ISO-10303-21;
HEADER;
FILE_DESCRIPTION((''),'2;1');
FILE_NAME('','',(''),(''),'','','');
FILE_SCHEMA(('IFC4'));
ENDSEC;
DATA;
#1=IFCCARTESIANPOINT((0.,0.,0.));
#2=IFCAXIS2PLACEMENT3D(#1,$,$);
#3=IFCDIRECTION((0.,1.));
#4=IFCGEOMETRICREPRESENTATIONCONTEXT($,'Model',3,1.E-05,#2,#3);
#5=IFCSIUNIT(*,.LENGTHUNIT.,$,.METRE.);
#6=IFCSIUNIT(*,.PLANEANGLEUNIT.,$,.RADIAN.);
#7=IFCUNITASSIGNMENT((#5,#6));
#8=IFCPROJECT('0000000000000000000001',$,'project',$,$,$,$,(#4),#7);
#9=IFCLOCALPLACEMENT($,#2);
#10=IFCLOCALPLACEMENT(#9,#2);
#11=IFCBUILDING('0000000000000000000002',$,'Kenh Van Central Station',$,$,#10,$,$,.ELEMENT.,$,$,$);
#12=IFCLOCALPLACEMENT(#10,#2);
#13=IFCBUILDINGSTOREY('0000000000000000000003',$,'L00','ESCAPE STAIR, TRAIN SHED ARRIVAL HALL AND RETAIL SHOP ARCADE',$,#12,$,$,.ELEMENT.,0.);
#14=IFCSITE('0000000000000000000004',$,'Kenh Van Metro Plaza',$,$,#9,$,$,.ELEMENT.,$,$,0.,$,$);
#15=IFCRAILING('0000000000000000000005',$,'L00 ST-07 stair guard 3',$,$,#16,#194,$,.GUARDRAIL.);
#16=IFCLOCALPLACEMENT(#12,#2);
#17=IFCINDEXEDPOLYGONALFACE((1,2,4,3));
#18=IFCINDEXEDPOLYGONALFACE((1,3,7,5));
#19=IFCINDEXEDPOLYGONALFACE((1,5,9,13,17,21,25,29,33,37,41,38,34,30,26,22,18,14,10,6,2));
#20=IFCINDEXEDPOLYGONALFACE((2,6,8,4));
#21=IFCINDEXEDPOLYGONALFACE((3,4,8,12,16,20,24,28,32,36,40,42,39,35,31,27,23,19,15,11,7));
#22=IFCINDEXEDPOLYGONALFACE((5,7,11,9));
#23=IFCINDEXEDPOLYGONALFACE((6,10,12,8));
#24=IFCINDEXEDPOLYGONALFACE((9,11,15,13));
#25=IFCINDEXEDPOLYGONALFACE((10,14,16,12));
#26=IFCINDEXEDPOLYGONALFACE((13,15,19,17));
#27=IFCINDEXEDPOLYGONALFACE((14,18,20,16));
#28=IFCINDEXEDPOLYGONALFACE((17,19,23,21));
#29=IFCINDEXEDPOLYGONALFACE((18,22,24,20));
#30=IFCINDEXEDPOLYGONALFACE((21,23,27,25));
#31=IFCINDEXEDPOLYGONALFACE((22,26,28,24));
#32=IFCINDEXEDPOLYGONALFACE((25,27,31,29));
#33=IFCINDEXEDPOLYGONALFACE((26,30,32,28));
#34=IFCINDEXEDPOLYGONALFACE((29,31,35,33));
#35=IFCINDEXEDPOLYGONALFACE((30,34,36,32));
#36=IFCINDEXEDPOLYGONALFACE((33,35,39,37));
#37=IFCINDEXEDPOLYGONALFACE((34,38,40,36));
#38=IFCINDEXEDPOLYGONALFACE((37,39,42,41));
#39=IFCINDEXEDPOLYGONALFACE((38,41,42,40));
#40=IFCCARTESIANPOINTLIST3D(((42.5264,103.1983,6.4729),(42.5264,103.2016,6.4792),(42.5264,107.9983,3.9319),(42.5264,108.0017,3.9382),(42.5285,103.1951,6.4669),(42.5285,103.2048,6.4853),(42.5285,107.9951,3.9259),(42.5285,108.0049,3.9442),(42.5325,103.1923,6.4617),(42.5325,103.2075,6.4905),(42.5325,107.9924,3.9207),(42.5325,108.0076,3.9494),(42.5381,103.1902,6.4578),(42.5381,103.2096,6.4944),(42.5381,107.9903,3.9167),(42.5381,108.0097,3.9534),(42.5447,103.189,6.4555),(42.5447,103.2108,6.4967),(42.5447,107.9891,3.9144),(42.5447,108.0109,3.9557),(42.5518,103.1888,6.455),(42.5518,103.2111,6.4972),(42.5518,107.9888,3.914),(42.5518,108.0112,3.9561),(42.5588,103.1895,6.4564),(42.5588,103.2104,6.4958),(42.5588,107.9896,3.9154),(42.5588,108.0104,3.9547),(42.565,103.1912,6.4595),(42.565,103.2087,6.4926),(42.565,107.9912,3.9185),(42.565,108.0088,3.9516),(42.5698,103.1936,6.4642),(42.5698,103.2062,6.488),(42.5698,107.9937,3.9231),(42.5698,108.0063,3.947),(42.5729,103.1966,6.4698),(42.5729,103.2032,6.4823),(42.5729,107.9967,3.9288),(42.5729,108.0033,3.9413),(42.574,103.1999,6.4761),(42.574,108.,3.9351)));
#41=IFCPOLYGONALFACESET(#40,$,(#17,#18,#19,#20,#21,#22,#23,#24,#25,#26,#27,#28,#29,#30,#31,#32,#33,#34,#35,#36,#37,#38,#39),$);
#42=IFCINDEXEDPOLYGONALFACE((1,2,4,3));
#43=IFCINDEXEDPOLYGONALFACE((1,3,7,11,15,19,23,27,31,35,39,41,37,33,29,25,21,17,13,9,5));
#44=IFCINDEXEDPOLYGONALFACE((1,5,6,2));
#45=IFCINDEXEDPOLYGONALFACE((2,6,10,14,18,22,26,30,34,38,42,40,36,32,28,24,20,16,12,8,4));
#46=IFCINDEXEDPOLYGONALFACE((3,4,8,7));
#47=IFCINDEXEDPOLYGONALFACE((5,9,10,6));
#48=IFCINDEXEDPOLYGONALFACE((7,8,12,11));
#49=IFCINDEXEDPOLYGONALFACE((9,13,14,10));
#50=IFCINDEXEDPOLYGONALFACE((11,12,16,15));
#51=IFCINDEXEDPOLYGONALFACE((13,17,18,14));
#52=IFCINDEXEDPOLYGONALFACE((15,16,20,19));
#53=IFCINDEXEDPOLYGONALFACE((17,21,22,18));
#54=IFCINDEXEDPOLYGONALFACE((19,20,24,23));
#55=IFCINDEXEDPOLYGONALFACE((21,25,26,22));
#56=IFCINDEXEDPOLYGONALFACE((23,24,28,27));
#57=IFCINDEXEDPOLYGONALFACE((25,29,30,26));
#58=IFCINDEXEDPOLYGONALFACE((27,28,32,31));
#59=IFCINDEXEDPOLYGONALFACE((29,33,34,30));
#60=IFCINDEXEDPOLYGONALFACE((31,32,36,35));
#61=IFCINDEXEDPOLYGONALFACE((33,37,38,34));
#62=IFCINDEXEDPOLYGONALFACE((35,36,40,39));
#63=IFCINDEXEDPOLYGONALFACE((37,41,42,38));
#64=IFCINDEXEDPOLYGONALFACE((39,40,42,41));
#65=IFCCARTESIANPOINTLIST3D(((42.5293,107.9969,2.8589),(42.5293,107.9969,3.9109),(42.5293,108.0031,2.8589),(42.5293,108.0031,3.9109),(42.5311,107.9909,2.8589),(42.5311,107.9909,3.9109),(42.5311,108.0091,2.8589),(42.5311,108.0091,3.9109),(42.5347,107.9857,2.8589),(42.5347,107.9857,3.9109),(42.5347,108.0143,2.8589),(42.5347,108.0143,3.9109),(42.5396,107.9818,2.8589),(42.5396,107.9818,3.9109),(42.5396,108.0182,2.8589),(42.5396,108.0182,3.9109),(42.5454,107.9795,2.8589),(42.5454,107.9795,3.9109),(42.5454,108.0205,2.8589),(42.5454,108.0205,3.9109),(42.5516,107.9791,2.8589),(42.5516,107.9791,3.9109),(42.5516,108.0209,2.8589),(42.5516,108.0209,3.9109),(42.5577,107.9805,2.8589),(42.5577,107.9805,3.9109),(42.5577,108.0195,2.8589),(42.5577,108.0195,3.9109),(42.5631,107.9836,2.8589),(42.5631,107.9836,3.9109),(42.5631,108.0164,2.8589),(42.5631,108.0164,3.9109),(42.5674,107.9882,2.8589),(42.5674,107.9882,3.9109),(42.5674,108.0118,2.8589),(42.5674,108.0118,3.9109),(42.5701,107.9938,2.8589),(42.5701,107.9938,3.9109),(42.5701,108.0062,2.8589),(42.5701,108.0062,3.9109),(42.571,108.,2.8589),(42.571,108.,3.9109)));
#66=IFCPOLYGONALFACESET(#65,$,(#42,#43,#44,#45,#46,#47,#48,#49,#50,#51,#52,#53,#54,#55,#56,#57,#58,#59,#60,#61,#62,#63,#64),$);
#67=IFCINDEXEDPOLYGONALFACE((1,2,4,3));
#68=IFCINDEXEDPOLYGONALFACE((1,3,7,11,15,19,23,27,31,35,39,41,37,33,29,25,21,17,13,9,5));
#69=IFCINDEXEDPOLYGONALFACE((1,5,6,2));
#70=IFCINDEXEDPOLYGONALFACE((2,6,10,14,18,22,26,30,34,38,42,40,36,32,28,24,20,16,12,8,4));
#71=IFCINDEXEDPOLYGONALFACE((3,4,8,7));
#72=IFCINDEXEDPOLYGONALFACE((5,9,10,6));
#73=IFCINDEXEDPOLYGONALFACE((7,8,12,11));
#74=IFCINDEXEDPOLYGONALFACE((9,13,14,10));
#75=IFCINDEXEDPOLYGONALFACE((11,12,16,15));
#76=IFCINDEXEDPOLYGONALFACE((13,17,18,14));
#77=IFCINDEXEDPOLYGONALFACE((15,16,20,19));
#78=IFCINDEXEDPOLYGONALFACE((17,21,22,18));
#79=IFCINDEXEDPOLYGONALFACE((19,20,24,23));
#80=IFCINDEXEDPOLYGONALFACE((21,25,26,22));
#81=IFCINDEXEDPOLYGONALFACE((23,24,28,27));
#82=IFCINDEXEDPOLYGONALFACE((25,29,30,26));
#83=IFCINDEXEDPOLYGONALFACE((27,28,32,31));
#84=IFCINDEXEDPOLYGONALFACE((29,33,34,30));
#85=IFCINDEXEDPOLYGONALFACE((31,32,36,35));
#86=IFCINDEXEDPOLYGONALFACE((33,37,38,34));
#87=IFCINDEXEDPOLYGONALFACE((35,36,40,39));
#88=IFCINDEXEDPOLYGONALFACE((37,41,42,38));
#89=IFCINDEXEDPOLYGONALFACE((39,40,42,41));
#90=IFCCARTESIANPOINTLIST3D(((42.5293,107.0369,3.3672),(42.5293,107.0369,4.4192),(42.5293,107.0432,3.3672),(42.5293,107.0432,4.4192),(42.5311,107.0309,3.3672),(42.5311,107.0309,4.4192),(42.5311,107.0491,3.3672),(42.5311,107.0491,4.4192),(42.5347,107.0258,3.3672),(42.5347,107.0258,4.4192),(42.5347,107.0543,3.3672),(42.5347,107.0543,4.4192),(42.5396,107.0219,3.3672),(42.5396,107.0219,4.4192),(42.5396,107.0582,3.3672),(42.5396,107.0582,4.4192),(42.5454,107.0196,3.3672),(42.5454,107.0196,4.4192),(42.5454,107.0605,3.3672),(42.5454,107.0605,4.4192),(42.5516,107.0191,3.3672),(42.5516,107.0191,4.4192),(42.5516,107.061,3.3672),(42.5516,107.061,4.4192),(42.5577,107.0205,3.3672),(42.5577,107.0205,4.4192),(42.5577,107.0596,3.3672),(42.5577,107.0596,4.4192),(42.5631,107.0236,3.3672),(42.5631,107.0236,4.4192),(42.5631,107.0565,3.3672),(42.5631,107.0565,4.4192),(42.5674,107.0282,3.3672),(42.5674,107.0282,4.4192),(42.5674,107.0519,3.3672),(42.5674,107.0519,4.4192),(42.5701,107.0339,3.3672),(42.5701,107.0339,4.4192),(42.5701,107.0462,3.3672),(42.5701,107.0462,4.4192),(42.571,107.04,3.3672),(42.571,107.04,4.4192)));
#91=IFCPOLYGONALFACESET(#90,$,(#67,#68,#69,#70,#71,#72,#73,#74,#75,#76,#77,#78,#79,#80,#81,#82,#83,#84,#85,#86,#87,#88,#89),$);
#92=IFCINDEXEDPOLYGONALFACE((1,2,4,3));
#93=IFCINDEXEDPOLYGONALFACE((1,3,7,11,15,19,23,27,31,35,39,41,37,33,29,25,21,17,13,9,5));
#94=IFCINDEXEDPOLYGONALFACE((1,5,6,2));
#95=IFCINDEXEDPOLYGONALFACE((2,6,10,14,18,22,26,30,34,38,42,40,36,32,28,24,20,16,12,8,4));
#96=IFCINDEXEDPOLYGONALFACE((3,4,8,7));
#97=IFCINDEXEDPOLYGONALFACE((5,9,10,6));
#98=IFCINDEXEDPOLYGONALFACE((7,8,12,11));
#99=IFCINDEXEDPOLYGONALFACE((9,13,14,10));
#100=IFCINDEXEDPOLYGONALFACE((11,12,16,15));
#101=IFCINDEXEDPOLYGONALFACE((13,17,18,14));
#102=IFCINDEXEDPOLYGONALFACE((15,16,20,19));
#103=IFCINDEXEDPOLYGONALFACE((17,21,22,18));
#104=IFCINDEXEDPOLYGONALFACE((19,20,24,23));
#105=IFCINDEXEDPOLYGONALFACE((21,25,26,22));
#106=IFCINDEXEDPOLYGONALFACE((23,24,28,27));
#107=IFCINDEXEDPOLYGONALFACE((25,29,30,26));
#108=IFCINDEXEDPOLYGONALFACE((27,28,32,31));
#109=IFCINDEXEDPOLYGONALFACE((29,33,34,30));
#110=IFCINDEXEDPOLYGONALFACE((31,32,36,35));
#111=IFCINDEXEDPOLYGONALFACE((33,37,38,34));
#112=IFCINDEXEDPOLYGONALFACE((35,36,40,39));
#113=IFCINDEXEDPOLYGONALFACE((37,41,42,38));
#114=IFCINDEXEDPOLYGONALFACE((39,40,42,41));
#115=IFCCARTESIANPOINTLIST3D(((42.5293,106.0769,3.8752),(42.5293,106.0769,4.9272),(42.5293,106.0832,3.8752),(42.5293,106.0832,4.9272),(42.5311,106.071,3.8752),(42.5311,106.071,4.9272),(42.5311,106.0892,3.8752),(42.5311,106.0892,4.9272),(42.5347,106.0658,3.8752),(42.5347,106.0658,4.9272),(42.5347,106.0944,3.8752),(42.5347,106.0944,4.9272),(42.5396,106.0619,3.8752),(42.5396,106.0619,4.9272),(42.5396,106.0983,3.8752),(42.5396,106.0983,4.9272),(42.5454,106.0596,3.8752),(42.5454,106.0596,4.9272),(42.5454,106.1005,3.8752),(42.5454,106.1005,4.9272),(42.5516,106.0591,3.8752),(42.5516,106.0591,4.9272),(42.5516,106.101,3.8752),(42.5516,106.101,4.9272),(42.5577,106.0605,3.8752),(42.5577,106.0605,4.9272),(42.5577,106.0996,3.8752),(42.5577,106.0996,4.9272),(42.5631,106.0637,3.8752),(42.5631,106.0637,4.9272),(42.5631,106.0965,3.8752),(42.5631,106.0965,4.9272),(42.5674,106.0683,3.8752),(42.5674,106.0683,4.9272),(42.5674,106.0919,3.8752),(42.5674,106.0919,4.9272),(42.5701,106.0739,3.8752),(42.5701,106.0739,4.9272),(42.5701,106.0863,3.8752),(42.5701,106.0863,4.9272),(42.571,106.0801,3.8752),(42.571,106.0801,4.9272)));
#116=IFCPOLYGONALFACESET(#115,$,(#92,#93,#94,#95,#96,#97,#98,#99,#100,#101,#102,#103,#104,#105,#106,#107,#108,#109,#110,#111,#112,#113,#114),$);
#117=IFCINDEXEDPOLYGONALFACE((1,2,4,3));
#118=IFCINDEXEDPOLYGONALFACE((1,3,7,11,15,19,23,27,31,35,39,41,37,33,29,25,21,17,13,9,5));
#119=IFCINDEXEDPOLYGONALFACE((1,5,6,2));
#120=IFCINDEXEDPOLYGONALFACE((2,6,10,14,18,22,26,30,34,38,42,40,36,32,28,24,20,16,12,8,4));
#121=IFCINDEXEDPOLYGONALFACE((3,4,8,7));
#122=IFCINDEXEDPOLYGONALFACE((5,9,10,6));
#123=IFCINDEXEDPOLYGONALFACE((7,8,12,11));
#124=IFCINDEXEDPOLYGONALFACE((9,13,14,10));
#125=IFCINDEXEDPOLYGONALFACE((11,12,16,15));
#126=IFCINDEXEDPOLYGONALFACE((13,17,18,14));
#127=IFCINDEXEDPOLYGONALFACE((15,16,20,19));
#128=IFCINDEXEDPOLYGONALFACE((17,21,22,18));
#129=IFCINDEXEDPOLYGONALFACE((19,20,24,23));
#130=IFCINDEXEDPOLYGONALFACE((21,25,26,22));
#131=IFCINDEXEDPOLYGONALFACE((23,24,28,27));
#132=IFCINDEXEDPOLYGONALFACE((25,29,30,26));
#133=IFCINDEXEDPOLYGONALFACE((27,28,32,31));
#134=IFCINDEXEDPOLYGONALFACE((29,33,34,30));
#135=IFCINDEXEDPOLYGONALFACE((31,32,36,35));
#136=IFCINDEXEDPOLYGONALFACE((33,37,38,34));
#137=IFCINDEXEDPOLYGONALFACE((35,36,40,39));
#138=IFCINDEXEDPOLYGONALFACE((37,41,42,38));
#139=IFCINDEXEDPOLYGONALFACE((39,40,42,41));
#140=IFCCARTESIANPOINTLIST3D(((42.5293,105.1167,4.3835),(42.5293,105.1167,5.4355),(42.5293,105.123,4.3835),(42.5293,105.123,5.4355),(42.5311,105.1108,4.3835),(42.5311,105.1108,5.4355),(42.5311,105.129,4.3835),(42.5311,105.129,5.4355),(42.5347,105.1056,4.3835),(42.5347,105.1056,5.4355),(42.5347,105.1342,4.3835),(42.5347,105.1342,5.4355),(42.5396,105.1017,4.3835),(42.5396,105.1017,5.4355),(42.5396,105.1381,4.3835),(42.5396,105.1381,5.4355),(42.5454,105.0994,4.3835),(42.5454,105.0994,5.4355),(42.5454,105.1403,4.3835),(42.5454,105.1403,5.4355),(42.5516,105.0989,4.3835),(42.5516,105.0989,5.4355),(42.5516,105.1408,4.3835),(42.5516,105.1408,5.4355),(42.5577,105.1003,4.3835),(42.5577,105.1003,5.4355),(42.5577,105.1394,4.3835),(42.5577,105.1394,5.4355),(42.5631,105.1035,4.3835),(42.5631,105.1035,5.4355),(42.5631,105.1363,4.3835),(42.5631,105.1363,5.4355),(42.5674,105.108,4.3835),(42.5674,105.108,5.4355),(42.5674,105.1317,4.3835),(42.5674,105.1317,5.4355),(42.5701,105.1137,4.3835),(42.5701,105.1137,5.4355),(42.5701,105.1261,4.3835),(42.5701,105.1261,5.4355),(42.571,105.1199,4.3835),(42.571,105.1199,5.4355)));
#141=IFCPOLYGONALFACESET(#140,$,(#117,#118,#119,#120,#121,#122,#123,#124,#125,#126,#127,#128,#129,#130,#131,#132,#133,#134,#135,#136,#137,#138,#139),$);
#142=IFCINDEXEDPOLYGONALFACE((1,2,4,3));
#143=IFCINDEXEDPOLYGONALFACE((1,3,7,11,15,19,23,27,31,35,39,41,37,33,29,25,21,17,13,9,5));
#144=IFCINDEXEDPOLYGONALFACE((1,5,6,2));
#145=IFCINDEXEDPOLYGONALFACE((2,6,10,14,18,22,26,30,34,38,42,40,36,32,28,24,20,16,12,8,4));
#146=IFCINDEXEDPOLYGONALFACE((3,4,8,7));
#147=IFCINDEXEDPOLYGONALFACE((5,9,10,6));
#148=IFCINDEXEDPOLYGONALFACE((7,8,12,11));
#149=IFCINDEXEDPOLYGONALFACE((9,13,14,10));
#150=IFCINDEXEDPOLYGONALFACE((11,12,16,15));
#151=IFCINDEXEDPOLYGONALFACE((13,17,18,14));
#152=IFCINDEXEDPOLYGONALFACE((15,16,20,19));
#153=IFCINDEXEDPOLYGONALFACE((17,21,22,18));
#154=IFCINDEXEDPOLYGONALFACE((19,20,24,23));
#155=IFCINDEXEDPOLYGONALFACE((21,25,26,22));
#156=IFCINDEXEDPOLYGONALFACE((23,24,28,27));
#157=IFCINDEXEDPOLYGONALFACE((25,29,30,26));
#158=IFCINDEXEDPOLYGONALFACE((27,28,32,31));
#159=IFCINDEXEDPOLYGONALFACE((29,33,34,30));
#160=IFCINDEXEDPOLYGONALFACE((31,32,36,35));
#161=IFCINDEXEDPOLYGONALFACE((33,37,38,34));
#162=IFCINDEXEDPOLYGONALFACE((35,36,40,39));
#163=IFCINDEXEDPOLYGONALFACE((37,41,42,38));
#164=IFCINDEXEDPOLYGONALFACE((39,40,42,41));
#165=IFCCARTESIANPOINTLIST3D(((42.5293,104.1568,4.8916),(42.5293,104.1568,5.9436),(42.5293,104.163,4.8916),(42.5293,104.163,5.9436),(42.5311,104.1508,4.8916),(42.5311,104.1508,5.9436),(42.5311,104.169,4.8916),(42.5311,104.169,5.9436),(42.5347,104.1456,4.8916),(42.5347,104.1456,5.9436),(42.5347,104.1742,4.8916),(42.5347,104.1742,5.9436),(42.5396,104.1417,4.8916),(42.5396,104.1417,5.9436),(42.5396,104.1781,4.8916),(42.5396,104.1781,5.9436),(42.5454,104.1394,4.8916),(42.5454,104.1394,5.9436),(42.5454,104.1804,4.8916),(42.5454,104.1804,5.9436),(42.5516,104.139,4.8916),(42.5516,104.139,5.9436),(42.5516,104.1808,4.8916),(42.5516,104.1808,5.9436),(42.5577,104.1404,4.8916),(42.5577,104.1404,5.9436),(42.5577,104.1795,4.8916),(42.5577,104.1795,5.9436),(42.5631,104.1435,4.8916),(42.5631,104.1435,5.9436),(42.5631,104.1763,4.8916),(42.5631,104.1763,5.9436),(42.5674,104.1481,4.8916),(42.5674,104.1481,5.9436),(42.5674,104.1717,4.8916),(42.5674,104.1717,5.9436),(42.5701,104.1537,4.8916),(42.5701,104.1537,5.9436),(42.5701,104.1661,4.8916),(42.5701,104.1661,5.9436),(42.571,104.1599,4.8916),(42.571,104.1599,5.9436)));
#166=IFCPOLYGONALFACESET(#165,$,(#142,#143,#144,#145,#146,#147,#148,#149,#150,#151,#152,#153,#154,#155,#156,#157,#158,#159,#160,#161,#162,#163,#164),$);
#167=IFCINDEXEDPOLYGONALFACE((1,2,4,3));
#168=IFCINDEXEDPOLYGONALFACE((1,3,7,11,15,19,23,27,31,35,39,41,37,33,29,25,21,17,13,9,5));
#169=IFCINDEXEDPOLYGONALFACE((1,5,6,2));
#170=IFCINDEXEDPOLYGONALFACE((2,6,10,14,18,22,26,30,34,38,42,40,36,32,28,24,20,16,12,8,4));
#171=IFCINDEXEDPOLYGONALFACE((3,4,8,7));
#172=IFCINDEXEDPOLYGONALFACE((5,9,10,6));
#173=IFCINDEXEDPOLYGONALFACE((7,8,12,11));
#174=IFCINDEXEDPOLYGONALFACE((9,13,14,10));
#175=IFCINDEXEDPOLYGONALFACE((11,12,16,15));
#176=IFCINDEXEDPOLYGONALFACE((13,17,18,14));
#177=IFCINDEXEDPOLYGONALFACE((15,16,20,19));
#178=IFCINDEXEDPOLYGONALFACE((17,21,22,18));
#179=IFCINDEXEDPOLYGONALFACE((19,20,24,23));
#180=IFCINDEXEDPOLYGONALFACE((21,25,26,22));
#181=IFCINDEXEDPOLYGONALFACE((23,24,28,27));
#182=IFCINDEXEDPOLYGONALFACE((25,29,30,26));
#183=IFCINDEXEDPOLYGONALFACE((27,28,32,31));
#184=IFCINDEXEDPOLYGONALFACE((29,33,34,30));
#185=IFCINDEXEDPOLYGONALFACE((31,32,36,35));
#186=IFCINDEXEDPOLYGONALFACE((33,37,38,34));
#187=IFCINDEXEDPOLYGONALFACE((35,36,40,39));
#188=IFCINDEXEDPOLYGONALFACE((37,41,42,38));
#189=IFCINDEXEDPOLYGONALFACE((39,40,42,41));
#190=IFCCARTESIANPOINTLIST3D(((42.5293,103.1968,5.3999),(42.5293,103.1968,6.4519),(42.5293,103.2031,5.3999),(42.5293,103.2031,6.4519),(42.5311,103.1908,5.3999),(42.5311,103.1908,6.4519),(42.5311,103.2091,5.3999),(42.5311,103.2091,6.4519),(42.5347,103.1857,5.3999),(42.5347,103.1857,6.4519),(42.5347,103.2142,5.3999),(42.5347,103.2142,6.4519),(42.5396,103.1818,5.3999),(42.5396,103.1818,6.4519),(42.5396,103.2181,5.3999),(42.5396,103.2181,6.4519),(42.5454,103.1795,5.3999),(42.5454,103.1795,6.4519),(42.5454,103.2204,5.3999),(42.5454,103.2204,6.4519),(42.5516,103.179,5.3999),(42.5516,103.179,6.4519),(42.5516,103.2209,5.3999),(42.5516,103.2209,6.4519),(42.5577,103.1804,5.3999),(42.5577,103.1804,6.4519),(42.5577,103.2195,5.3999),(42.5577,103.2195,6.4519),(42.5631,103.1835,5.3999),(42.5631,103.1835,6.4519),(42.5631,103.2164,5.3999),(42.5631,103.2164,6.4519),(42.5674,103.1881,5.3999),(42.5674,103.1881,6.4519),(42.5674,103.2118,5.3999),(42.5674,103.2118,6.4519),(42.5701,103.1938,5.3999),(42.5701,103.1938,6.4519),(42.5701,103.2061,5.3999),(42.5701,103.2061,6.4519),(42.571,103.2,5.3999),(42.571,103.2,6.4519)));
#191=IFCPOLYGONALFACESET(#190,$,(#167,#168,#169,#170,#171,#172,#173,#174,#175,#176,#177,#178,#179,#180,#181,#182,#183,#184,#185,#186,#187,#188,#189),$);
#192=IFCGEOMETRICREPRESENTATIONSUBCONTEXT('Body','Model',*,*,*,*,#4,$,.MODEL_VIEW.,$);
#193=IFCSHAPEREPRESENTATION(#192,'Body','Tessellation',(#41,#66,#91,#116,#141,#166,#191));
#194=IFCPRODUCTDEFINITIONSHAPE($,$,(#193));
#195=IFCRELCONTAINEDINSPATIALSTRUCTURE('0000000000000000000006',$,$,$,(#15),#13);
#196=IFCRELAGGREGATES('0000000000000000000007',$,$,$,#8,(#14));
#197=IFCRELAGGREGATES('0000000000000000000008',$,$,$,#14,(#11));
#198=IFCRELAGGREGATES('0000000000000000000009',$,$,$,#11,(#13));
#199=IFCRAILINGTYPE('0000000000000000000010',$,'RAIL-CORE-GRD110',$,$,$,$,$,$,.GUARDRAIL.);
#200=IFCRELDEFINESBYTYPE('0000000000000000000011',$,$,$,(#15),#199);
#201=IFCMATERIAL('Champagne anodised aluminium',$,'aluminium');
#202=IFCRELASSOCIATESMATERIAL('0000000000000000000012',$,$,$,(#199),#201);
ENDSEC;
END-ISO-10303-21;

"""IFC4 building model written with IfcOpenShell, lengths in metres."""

from ifc_helpers import new_model, si_unit, direction, frame, origin, origin_2d, place, context, subcontext, project, spatial, circle, extrude, material, type_object, element, save


model = new_model("IFC4")

# Units and contexts
model_context = context("Model", 3, precision=1e-05, world=origin(), true_north=direction((0.0, 1.0)))
body_context = subcontext(model_context, "Body", "Model", "MODEL_VIEW")
ifc_project = project(units=[si_unit("LENGTHUNIT", "METRE"), si_unit("PLANEANGLEUNIT", "RADIAN")], contexts=[model_context])

# Site, building, storey
site_placement = place(None, origin())
site = spatial("IfcSite", under=ifc_project, at=site_placement, Name="Kenh Van Metro Plaza", CompositionType="ELEMENT", RefElevation=0.0)
building_placement = place(site_placement, origin())
building = spatial("IfcBuilding", under=site, at=building_placement, Name="Kenh Van Central Station", CompositionType="ELEMENT")
storey_placement = place(building_placement, origin())
storey = spatial("IfcBuildingStorey", under=building, at=storey_placement, Name="L00", Description="ESCAPE STAIR, TRAIN SHED ARRIVAL HALL AND RETAIL SHOP ARCADE", CompositionType="ELEMENT", Elevation=0.0)

# Shared definitions
ifc_material_1 = material(Name="Champagne anodised aluminium", Category="aluminium")

# Railing
railing_type_1 = type_object("IfcRailingType", Name="RAIL-CORE-GRD110", PredefinedType="GUARDRAIL", material=ifc_material_1)
railing_1_placement = place(storey_placement, frame((42.55, 108.0, 2.8589)))
element("IfcRailing", 1, at=railing_1_placement, inside=storey, type_object=railing_type_1, Name="L00 ST-07 stair guard 3", PredefinedType="GUARDRAIL", context=body_context, shape_type="SweptSolid", body=[
    extrude(circle(Radius=0.0239, at=origin_2d()), frame((0.0, 0.0, 1.0762), z_axis=(0.0, -0.883802, 0.467861), x_axis=(1.0, 0.0, 0.0)), (0.0, 0.0, 1.0), 5.4312),
    extrude(circle(Radius=0.021, at=origin_2d()), origin(), (0.0, 0.0, 1.0), 1.052),
    extrude(circle(Radius=0.021, at=origin_2d()), frame((0.0, -0.96, 0.5083)), (0.0, 0.0, 1.0), 1.052),
    extrude(circle(Radius=0.021, at=origin_2d()), frame((0.0, -1.9199, 1.0164)), (0.0, 0.0, 1.0), 1.052),
    extrude(circle(Radius=0.021, at=origin_2d()), frame((0.0, -2.8801, 1.5247)), (0.0, 0.0, 1.0), 1.052),
    extrude(circle(Radius=0.021, at=origin_2d()), frame((0.0, -3.8401, 2.0327)), (0.0, 0.0, 1.0), 1.052),
    extrude(circle(Radius=0.021, at=origin_2d()), frame((0.0, -4.8, 2.541)), (0.0, 0.0, 1.0), 1.052),
])

save(model, "model.ifc")
